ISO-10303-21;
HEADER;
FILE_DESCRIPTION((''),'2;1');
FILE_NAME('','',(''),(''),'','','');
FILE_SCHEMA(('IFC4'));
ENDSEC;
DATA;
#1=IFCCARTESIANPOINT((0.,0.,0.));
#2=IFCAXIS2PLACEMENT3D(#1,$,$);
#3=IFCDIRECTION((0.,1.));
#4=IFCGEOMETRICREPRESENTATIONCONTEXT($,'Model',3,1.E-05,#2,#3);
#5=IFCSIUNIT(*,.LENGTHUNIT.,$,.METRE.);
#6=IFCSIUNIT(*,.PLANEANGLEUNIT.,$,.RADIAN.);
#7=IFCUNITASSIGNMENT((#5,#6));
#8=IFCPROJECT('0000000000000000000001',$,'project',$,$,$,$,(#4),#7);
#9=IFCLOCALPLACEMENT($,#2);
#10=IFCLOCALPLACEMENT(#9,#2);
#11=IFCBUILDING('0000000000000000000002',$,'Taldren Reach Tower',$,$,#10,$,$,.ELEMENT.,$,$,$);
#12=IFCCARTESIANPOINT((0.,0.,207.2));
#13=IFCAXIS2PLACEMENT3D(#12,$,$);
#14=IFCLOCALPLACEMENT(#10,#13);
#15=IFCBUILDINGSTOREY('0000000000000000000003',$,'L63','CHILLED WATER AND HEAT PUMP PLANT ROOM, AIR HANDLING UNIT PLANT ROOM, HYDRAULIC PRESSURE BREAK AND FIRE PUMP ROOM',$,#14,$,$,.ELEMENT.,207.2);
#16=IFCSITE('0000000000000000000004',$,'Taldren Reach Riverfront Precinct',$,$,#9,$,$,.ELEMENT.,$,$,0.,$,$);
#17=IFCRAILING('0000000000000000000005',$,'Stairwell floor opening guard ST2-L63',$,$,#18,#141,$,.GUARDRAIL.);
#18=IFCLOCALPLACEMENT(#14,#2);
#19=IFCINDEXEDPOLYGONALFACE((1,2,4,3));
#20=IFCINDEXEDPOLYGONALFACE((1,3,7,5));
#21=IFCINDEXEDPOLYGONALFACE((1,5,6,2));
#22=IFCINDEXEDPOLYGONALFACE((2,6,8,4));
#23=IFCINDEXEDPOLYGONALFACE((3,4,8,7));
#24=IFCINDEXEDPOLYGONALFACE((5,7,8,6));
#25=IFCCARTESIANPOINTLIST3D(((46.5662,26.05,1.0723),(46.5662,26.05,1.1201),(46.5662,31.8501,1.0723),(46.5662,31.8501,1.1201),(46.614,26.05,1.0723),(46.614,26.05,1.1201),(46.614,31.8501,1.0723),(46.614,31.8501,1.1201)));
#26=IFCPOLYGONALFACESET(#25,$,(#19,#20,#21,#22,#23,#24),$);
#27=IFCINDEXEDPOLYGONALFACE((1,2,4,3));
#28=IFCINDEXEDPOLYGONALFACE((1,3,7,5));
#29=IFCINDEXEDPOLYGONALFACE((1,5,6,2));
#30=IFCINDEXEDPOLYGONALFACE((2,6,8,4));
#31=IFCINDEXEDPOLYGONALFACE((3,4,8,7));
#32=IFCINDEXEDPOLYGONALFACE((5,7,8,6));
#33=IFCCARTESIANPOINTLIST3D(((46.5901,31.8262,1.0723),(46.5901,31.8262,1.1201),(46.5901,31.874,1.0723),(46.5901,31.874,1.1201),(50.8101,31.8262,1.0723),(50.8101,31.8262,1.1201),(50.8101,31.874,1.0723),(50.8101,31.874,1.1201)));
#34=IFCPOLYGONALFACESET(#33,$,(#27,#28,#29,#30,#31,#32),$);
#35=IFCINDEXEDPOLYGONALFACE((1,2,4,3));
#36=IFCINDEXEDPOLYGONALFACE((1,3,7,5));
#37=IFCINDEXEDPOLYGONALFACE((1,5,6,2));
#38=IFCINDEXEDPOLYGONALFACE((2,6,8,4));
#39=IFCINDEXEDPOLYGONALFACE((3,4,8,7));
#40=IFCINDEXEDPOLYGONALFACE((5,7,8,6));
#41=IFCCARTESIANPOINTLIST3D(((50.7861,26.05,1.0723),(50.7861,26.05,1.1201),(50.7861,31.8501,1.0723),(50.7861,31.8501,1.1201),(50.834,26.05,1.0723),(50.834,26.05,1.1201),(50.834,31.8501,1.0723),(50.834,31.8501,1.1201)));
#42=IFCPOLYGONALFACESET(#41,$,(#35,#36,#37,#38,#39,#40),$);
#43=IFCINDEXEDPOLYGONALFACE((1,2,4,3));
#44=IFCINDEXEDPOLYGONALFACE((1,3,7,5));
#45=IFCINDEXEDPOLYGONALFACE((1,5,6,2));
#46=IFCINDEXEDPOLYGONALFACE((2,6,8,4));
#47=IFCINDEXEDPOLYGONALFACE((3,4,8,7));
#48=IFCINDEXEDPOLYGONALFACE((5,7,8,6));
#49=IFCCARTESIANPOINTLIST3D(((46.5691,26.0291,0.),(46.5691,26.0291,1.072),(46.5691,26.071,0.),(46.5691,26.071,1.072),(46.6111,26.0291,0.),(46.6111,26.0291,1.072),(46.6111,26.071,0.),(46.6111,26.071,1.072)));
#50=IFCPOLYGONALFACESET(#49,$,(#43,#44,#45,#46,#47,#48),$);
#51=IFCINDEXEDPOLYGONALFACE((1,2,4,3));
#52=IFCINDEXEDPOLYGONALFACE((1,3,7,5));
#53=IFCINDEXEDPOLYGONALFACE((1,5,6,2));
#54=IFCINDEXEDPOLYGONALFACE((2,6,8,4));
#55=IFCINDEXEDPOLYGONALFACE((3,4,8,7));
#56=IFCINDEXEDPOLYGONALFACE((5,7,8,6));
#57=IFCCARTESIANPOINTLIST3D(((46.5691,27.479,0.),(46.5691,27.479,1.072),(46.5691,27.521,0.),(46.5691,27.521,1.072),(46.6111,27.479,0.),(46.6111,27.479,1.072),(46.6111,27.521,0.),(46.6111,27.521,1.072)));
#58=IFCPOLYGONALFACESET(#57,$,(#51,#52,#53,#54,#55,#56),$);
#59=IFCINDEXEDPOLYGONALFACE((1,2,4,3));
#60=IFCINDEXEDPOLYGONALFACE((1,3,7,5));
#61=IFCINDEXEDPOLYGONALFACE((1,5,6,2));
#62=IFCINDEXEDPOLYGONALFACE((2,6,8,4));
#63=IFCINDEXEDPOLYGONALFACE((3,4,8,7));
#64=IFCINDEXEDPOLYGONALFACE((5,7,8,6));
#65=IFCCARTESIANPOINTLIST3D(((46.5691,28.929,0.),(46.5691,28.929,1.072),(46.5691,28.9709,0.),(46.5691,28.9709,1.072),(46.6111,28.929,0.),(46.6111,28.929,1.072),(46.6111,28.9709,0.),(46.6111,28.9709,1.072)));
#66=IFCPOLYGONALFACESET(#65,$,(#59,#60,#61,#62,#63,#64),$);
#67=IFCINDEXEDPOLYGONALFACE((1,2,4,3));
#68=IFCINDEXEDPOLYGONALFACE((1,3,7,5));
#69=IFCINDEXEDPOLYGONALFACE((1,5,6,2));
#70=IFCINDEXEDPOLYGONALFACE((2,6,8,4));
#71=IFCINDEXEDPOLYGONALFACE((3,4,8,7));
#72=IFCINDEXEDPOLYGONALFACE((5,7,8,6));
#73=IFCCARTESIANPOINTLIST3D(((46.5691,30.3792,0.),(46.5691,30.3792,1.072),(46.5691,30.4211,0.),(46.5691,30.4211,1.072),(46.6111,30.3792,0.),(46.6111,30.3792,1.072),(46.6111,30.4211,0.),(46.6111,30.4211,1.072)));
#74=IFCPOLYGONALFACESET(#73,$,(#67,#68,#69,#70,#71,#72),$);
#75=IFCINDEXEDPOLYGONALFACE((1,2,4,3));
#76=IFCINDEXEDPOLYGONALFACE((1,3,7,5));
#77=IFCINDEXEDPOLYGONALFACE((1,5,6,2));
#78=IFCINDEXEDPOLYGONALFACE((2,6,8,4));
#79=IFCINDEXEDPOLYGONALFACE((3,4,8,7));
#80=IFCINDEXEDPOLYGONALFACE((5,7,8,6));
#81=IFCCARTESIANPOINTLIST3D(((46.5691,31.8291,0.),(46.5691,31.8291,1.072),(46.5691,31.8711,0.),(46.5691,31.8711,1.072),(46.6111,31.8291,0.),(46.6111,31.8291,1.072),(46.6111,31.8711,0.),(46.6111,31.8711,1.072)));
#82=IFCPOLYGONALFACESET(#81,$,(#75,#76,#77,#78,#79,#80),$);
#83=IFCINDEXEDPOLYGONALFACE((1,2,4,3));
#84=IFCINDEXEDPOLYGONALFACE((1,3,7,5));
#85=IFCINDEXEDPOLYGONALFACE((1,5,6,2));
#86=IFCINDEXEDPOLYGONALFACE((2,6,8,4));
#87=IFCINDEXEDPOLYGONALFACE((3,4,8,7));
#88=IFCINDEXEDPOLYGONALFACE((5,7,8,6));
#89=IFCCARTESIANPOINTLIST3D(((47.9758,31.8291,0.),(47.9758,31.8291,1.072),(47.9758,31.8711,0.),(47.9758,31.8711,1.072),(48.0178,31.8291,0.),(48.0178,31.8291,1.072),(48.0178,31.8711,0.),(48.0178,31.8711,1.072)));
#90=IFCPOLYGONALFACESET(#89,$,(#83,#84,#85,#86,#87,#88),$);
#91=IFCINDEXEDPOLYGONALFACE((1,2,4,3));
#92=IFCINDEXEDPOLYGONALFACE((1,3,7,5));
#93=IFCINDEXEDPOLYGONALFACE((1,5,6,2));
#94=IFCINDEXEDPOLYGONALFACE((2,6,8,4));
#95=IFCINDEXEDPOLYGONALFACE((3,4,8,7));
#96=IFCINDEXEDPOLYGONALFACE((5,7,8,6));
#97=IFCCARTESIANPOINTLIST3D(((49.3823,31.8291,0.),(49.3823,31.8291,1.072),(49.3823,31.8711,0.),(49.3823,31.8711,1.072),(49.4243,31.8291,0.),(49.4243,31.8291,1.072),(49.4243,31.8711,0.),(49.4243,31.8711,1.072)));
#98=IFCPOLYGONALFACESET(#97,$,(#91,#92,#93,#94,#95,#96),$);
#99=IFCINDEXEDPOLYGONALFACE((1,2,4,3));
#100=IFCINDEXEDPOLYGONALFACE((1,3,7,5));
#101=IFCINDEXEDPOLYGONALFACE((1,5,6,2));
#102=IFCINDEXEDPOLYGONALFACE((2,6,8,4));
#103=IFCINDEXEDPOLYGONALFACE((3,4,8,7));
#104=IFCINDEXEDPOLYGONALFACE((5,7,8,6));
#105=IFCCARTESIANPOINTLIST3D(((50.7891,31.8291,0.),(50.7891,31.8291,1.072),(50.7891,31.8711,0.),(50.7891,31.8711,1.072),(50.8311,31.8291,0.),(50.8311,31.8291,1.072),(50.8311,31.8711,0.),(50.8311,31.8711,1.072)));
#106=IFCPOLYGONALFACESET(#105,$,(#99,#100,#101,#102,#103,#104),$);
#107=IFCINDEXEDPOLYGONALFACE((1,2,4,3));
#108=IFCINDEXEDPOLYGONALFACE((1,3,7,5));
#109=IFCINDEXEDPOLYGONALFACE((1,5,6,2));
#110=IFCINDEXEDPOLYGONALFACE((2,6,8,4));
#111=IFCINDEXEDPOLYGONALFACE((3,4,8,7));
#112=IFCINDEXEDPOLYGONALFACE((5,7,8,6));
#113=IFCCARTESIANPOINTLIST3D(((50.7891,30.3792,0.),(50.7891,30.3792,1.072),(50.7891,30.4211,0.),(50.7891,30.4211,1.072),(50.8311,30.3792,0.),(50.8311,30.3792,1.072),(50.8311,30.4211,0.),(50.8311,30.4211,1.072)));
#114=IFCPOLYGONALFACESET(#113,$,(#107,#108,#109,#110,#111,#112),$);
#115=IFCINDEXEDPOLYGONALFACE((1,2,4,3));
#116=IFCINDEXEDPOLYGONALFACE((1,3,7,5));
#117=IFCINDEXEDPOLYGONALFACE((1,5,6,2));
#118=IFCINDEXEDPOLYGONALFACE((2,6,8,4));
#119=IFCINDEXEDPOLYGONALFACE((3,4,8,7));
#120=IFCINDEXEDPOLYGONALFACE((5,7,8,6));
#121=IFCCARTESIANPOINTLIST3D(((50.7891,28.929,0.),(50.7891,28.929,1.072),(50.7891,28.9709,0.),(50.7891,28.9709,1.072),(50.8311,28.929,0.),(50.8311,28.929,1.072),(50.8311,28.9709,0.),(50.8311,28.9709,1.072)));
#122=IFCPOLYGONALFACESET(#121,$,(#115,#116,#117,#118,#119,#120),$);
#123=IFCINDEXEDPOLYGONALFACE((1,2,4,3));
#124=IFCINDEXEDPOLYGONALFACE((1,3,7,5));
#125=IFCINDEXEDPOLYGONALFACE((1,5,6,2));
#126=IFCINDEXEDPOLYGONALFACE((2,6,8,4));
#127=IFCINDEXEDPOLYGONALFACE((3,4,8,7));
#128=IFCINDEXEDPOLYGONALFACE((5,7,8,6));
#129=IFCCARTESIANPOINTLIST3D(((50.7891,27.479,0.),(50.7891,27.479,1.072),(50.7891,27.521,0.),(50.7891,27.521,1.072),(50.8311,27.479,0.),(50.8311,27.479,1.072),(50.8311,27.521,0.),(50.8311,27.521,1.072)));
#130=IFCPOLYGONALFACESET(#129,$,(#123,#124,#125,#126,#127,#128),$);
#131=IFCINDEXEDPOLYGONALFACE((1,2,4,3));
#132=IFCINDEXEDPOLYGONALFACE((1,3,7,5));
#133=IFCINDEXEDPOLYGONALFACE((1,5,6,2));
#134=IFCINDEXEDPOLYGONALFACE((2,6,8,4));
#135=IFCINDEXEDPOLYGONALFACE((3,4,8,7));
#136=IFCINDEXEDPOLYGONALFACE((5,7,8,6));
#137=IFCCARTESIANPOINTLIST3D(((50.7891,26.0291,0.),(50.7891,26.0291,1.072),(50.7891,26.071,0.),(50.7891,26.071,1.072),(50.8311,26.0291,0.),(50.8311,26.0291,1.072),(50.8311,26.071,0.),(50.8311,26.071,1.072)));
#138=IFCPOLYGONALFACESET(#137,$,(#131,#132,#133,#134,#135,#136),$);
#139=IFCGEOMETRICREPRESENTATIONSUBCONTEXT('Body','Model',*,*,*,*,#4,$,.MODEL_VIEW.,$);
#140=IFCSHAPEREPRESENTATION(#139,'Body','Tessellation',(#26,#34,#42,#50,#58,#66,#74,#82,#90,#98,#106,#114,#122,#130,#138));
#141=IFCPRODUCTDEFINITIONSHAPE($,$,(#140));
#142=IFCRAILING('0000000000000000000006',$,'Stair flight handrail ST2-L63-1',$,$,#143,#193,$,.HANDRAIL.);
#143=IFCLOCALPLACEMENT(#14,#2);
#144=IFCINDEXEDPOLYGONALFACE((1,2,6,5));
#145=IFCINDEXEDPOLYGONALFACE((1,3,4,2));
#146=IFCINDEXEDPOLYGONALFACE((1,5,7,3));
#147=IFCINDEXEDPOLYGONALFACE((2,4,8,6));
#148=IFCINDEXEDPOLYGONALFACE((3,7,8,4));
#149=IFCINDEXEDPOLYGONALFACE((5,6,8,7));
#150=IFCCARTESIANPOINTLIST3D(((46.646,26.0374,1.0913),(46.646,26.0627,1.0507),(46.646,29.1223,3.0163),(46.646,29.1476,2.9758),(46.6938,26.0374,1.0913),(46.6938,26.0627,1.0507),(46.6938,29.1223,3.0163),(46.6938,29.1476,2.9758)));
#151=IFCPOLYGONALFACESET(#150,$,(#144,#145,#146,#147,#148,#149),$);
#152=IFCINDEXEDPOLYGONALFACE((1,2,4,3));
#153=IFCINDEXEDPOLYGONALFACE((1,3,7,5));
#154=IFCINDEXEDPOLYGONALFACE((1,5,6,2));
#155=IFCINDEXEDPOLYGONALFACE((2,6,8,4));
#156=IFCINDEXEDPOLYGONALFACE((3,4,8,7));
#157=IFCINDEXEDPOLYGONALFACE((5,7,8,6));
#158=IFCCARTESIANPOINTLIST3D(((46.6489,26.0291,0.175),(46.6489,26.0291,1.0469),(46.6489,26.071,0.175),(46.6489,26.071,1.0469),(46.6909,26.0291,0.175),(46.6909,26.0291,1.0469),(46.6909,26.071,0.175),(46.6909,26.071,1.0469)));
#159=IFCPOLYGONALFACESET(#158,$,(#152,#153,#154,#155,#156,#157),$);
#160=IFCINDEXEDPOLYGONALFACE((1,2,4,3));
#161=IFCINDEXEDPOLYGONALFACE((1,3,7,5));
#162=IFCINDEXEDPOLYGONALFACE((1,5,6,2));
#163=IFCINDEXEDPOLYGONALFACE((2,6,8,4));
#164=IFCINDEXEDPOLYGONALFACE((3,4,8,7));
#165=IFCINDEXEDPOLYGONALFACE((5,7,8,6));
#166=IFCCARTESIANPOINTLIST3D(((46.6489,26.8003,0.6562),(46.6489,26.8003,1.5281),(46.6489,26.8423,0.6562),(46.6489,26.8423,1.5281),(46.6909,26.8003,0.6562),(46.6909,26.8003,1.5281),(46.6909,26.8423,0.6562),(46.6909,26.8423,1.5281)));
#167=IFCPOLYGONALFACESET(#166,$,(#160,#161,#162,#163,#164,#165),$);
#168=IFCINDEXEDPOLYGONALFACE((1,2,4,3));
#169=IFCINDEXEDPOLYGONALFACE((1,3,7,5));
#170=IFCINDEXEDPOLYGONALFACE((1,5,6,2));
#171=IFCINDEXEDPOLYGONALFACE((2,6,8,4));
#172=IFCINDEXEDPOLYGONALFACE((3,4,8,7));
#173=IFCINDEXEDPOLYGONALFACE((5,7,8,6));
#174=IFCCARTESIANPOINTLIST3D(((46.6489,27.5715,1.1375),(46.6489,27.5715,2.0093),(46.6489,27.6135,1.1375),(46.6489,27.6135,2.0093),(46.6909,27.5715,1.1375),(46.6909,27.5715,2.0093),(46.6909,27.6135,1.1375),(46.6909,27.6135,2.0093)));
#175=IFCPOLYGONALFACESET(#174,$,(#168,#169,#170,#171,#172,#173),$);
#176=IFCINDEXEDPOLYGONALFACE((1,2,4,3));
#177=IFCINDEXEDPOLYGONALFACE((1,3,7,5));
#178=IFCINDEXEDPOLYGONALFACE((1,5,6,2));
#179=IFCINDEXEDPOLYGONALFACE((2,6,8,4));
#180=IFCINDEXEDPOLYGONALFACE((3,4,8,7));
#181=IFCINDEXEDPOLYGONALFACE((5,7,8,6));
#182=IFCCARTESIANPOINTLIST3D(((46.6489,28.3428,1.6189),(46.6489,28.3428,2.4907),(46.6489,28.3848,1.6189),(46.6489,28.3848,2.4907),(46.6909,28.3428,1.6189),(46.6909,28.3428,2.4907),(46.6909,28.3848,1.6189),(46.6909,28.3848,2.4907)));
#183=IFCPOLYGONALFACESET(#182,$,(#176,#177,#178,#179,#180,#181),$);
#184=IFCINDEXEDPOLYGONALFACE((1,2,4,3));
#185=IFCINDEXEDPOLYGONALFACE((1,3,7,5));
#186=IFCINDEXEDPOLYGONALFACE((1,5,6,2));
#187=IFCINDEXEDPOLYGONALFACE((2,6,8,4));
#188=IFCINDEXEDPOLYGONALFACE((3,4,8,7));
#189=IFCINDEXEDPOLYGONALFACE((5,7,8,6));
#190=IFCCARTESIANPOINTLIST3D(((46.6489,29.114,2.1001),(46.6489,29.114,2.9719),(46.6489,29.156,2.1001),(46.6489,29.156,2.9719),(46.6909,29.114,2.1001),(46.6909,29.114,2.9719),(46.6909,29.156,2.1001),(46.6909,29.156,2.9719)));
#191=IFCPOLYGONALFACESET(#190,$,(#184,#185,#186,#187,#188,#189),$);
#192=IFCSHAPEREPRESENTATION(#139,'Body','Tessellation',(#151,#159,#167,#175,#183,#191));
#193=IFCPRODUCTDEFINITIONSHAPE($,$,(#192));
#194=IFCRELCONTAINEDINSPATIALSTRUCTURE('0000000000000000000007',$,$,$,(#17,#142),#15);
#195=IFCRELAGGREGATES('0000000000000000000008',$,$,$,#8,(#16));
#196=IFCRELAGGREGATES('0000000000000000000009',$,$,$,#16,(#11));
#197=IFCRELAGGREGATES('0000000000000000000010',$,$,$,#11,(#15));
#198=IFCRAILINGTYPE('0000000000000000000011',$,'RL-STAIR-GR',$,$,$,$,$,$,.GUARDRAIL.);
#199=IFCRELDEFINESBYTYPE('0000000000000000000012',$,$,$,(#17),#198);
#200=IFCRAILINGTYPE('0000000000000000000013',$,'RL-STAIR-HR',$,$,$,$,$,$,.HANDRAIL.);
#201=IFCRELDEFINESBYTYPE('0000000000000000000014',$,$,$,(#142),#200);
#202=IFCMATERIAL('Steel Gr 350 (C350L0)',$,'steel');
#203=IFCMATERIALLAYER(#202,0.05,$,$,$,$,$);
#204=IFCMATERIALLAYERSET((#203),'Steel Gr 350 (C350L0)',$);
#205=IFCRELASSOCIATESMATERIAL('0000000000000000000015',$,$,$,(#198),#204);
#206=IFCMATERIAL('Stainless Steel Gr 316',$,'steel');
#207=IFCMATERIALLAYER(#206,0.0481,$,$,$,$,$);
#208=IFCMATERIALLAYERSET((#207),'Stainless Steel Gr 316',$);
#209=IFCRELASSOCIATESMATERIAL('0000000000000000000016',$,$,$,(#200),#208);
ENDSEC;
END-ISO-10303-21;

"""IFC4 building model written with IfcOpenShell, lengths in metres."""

from ifc_helpers import new_model, si_unit, direction, frame, origin, origin_2d, place, context, subcontext, project, spatial, rectangle, extrude, material, layer, layer_set, type_object, element, save


model = new_model("IFC4")

# Units and contexts
model_context = context("Model", 3, precision=1e-05, world=origin(), true_north=direction((0.0, 1.0)))
body_context = subcontext(model_context, "Body", "Model", "MODEL_VIEW")
ifc_project = project(units=[si_unit("LENGTHUNIT", "METRE"), si_unit("PLANEANGLEUNIT", "RADIAN")], contexts=[model_context])

# Site, building, storey
site_placement = place(None, origin())
site = spatial("IfcSite", under=ifc_project, at=site_placement, Name="Taldren Reach Riverfront Precinct", CompositionType="ELEMENT", RefElevation=0.0)
building_placement = place(site_placement, origin())
building = spatial("IfcBuilding", under=site, at=building_placement, Name="Taldren Reach Tower", CompositionType="ELEMENT")
storey_placement = place(building_placement, frame((0.0, 0.0, 207.2)))
storey = spatial("IfcBuildingStorey", under=building, at=storey_placement, Name="L63", Description="CHILLED WATER AND HEAT PUMP PLANT ROOM, AIR HANDLING UNIT PLANT ROOM, HYDRAULIC PRESSURE BREAK AND FIRE PUMP ROOM", CompositionType="ELEMENT", Elevation=207.2)

# Shared definitions
ifc_material_1 = material(Name="Steel Gr 350 (C350L0)", Category="steel")

# Railings
ifc_layer_1 = layer(ifc_material_1, 0.05)
ifc_layer_set_1 = layer_set([ifc_layer_1], Name="Steel Gr 350 (C350L0)")
railing_type_1 = type_object("IfcRailingType", Name="RL-STAIR-GR", PredefinedType="GUARDRAIL", material=ifc_layer_set_1)
railing_1_placement = place(storey_placement, frame((46.5901, 26.05, 0.0)))
element("IfcRailing", 1, at=railing_1_placement, inside=storey, type_object=railing_type_1, Name="Stairwell floor opening guard ST2-L63", PredefinedType="GUARDRAIL", context=body_context, shape_type="SweptSolid", body=[
    extrude(rectangle(XDim=0.0479, YDim=0.0479, at=origin_2d()), frame((0.0, 0.0, 1.0962), z_axis=(0.0, 1.0, 0.0), x_axis=(-1.0, 0.0, 0.0)), (0.0, 0.0, 1.0), 5.8),
    extrude(rectangle(XDim=0.0479, YDim=0.0479, at=origin_2d()), frame((0.0, 5.8, 1.0962), z_axis=(1.0, 0.0, 0.0), x_axis=(0.0, 1.0, 0.0)), (0.0, 0.0, 1.0), 4.22),
    extrude(rectangle(XDim=0.0479, YDim=0.0479, at=origin_2d()), frame((4.22, 5.8, 1.0962), z_axis=(0.0, -1.0, 0.0), x_axis=(1.0, 0.0, 0.0)), (0.0, 0.0, 1.0), 5.8),
    extrude(rectangle(XDim=0.042, YDim=0.042, at=origin_2d()), origin(), (0.0, 0.0, 1.0), 1.072),
    extrude(rectangle(XDim=0.042, YDim=0.042, at=origin_2d()), frame((0.0, 1.45, 0.0)), (0.0, 0.0, 1.0), 1.072),
    extrude(rectangle(XDim=0.042, YDim=0.042, at=origin_2d()), frame((0.0, 2.8999, 0.0)), (0.0, 0.0, 1.0), 1.072),
    extrude(rectangle(XDim=0.042, YDim=0.042, at=origin_2d()), frame((0.0, 4.3501, 0.0)), (0.0, 0.0, 1.0), 1.072),
    extrude(rectangle(XDim=0.042, YDim=0.042, at=origin_2d()), frame((0.0, 5.8, 0.0)), (0.0, 0.0, 1.0), 1.072),
    extrude(rectangle(XDim=0.042, YDim=0.042, at=origin_2d()), frame((1.4067, 5.8, 0.0)), (0.0, 0.0, 1.0), 1.072),
    extrude(rectangle(XDim=0.042, YDim=0.042, at=origin_2d()), frame((2.8132, 5.8, 0.0)), (0.0, 0.0, 1.0), 1.072),
    extrude(rectangle(XDim=0.042, YDim=0.042, at=origin_2d()), frame((4.22, 5.8, 0.0)), (0.0, 0.0, 1.0), 1.072),
    extrude(rectangle(XDim=0.042, YDim=0.042, at=origin_2d()), frame((4.22, 4.3501, 0.0)), (0.0, 0.0, 1.0), 1.072),
    extrude(rectangle(XDim=0.042, YDim=0.042, at=origin_2d()), frame((4.22, 2.8999, 0.0)), (0.0, 0.0, 1.0), 1.072),
    extrude(rectangle(XDim=0.042, YDim=0.042, at=origin_2d()), frame((4.22, 1.45, 0.0)), (0.0, 0.0, 1.0), 1.072),
    extrude(rectangle(XDim=0.042, YDim=0.042, at=origin_2d()), frame((4.22, 0.0, 0.0)), (0.0, 0.0, 1.0), 1.072),
])
ifc_material_2 = material(Name="Stainless Steel Gr 316", Category="steel")
ifc_layer_2 = layer(ifc_material_2, 0.0481)
ifc_layer_set_2 = layer_set([ifc_layer_2], Name="Stainless Steel Gr 316")
railing_type_2 = type_object("IfcRailingType", Name="RL-STAIR-HR", PredefinedType="HANDRAIL", material=ifc_layer_set_2)
railing_2_placement = place(storey_placement, frame((46.6699, 26.05, 0.175)))
element("IfcRailing", 2, at=railing_2_placement, inside=storey, type_object=railing_type_2, Name="Stair flight handrail ST2-L63-1", PredefinedType="HANDRAIL", context=body_context, shape_type="SweptSolid", body=[
    extrude(rectangle(XDim=0.0479, YDim=0.0479, at=origin_2d()), frame((0.0, 0.0, 0.896), z_axis=(0.0, 0.848375, 0.529395), x_axis=(-1.0, 0.0, 0.0)), (0.0, 0.0, 1.0), 3.6362),
    extrude(rectangle(XDim=0.042, YDim=0.042, at=origin_2d()), origin(), (0.0, 0.0, 1.0), 0.8718),
    extrude(rectangle(XDim=0.042, YDim=0.042, at=origin_2d()), frame((0.0, 0.7712, 0.4812)), (0.0, 0.0, 1.0), 0.8718),
    extrude(rectangle(XDim=0.042, YDim=0.042, at=origin_2d()), frame((0.0, 1.5425, 0.9624)), (0.0, 0.0, 1.0), 0.8718),
    extrude(rectangle(XDim=0.042, YDim=0.042, at=origin_2d()), frame((0.0, 2.3137, 1.4438)), (0.0, 0.0, 1.0), 0.8718),
    extrude(rectangle(XDim=0.042, YDim=0.042, at=origin_2d()), frame((0.0, 3.085, 1.925)), (0.0, 0.0, 1.0), 0.8718),
])

save(model, "model.ifc")
